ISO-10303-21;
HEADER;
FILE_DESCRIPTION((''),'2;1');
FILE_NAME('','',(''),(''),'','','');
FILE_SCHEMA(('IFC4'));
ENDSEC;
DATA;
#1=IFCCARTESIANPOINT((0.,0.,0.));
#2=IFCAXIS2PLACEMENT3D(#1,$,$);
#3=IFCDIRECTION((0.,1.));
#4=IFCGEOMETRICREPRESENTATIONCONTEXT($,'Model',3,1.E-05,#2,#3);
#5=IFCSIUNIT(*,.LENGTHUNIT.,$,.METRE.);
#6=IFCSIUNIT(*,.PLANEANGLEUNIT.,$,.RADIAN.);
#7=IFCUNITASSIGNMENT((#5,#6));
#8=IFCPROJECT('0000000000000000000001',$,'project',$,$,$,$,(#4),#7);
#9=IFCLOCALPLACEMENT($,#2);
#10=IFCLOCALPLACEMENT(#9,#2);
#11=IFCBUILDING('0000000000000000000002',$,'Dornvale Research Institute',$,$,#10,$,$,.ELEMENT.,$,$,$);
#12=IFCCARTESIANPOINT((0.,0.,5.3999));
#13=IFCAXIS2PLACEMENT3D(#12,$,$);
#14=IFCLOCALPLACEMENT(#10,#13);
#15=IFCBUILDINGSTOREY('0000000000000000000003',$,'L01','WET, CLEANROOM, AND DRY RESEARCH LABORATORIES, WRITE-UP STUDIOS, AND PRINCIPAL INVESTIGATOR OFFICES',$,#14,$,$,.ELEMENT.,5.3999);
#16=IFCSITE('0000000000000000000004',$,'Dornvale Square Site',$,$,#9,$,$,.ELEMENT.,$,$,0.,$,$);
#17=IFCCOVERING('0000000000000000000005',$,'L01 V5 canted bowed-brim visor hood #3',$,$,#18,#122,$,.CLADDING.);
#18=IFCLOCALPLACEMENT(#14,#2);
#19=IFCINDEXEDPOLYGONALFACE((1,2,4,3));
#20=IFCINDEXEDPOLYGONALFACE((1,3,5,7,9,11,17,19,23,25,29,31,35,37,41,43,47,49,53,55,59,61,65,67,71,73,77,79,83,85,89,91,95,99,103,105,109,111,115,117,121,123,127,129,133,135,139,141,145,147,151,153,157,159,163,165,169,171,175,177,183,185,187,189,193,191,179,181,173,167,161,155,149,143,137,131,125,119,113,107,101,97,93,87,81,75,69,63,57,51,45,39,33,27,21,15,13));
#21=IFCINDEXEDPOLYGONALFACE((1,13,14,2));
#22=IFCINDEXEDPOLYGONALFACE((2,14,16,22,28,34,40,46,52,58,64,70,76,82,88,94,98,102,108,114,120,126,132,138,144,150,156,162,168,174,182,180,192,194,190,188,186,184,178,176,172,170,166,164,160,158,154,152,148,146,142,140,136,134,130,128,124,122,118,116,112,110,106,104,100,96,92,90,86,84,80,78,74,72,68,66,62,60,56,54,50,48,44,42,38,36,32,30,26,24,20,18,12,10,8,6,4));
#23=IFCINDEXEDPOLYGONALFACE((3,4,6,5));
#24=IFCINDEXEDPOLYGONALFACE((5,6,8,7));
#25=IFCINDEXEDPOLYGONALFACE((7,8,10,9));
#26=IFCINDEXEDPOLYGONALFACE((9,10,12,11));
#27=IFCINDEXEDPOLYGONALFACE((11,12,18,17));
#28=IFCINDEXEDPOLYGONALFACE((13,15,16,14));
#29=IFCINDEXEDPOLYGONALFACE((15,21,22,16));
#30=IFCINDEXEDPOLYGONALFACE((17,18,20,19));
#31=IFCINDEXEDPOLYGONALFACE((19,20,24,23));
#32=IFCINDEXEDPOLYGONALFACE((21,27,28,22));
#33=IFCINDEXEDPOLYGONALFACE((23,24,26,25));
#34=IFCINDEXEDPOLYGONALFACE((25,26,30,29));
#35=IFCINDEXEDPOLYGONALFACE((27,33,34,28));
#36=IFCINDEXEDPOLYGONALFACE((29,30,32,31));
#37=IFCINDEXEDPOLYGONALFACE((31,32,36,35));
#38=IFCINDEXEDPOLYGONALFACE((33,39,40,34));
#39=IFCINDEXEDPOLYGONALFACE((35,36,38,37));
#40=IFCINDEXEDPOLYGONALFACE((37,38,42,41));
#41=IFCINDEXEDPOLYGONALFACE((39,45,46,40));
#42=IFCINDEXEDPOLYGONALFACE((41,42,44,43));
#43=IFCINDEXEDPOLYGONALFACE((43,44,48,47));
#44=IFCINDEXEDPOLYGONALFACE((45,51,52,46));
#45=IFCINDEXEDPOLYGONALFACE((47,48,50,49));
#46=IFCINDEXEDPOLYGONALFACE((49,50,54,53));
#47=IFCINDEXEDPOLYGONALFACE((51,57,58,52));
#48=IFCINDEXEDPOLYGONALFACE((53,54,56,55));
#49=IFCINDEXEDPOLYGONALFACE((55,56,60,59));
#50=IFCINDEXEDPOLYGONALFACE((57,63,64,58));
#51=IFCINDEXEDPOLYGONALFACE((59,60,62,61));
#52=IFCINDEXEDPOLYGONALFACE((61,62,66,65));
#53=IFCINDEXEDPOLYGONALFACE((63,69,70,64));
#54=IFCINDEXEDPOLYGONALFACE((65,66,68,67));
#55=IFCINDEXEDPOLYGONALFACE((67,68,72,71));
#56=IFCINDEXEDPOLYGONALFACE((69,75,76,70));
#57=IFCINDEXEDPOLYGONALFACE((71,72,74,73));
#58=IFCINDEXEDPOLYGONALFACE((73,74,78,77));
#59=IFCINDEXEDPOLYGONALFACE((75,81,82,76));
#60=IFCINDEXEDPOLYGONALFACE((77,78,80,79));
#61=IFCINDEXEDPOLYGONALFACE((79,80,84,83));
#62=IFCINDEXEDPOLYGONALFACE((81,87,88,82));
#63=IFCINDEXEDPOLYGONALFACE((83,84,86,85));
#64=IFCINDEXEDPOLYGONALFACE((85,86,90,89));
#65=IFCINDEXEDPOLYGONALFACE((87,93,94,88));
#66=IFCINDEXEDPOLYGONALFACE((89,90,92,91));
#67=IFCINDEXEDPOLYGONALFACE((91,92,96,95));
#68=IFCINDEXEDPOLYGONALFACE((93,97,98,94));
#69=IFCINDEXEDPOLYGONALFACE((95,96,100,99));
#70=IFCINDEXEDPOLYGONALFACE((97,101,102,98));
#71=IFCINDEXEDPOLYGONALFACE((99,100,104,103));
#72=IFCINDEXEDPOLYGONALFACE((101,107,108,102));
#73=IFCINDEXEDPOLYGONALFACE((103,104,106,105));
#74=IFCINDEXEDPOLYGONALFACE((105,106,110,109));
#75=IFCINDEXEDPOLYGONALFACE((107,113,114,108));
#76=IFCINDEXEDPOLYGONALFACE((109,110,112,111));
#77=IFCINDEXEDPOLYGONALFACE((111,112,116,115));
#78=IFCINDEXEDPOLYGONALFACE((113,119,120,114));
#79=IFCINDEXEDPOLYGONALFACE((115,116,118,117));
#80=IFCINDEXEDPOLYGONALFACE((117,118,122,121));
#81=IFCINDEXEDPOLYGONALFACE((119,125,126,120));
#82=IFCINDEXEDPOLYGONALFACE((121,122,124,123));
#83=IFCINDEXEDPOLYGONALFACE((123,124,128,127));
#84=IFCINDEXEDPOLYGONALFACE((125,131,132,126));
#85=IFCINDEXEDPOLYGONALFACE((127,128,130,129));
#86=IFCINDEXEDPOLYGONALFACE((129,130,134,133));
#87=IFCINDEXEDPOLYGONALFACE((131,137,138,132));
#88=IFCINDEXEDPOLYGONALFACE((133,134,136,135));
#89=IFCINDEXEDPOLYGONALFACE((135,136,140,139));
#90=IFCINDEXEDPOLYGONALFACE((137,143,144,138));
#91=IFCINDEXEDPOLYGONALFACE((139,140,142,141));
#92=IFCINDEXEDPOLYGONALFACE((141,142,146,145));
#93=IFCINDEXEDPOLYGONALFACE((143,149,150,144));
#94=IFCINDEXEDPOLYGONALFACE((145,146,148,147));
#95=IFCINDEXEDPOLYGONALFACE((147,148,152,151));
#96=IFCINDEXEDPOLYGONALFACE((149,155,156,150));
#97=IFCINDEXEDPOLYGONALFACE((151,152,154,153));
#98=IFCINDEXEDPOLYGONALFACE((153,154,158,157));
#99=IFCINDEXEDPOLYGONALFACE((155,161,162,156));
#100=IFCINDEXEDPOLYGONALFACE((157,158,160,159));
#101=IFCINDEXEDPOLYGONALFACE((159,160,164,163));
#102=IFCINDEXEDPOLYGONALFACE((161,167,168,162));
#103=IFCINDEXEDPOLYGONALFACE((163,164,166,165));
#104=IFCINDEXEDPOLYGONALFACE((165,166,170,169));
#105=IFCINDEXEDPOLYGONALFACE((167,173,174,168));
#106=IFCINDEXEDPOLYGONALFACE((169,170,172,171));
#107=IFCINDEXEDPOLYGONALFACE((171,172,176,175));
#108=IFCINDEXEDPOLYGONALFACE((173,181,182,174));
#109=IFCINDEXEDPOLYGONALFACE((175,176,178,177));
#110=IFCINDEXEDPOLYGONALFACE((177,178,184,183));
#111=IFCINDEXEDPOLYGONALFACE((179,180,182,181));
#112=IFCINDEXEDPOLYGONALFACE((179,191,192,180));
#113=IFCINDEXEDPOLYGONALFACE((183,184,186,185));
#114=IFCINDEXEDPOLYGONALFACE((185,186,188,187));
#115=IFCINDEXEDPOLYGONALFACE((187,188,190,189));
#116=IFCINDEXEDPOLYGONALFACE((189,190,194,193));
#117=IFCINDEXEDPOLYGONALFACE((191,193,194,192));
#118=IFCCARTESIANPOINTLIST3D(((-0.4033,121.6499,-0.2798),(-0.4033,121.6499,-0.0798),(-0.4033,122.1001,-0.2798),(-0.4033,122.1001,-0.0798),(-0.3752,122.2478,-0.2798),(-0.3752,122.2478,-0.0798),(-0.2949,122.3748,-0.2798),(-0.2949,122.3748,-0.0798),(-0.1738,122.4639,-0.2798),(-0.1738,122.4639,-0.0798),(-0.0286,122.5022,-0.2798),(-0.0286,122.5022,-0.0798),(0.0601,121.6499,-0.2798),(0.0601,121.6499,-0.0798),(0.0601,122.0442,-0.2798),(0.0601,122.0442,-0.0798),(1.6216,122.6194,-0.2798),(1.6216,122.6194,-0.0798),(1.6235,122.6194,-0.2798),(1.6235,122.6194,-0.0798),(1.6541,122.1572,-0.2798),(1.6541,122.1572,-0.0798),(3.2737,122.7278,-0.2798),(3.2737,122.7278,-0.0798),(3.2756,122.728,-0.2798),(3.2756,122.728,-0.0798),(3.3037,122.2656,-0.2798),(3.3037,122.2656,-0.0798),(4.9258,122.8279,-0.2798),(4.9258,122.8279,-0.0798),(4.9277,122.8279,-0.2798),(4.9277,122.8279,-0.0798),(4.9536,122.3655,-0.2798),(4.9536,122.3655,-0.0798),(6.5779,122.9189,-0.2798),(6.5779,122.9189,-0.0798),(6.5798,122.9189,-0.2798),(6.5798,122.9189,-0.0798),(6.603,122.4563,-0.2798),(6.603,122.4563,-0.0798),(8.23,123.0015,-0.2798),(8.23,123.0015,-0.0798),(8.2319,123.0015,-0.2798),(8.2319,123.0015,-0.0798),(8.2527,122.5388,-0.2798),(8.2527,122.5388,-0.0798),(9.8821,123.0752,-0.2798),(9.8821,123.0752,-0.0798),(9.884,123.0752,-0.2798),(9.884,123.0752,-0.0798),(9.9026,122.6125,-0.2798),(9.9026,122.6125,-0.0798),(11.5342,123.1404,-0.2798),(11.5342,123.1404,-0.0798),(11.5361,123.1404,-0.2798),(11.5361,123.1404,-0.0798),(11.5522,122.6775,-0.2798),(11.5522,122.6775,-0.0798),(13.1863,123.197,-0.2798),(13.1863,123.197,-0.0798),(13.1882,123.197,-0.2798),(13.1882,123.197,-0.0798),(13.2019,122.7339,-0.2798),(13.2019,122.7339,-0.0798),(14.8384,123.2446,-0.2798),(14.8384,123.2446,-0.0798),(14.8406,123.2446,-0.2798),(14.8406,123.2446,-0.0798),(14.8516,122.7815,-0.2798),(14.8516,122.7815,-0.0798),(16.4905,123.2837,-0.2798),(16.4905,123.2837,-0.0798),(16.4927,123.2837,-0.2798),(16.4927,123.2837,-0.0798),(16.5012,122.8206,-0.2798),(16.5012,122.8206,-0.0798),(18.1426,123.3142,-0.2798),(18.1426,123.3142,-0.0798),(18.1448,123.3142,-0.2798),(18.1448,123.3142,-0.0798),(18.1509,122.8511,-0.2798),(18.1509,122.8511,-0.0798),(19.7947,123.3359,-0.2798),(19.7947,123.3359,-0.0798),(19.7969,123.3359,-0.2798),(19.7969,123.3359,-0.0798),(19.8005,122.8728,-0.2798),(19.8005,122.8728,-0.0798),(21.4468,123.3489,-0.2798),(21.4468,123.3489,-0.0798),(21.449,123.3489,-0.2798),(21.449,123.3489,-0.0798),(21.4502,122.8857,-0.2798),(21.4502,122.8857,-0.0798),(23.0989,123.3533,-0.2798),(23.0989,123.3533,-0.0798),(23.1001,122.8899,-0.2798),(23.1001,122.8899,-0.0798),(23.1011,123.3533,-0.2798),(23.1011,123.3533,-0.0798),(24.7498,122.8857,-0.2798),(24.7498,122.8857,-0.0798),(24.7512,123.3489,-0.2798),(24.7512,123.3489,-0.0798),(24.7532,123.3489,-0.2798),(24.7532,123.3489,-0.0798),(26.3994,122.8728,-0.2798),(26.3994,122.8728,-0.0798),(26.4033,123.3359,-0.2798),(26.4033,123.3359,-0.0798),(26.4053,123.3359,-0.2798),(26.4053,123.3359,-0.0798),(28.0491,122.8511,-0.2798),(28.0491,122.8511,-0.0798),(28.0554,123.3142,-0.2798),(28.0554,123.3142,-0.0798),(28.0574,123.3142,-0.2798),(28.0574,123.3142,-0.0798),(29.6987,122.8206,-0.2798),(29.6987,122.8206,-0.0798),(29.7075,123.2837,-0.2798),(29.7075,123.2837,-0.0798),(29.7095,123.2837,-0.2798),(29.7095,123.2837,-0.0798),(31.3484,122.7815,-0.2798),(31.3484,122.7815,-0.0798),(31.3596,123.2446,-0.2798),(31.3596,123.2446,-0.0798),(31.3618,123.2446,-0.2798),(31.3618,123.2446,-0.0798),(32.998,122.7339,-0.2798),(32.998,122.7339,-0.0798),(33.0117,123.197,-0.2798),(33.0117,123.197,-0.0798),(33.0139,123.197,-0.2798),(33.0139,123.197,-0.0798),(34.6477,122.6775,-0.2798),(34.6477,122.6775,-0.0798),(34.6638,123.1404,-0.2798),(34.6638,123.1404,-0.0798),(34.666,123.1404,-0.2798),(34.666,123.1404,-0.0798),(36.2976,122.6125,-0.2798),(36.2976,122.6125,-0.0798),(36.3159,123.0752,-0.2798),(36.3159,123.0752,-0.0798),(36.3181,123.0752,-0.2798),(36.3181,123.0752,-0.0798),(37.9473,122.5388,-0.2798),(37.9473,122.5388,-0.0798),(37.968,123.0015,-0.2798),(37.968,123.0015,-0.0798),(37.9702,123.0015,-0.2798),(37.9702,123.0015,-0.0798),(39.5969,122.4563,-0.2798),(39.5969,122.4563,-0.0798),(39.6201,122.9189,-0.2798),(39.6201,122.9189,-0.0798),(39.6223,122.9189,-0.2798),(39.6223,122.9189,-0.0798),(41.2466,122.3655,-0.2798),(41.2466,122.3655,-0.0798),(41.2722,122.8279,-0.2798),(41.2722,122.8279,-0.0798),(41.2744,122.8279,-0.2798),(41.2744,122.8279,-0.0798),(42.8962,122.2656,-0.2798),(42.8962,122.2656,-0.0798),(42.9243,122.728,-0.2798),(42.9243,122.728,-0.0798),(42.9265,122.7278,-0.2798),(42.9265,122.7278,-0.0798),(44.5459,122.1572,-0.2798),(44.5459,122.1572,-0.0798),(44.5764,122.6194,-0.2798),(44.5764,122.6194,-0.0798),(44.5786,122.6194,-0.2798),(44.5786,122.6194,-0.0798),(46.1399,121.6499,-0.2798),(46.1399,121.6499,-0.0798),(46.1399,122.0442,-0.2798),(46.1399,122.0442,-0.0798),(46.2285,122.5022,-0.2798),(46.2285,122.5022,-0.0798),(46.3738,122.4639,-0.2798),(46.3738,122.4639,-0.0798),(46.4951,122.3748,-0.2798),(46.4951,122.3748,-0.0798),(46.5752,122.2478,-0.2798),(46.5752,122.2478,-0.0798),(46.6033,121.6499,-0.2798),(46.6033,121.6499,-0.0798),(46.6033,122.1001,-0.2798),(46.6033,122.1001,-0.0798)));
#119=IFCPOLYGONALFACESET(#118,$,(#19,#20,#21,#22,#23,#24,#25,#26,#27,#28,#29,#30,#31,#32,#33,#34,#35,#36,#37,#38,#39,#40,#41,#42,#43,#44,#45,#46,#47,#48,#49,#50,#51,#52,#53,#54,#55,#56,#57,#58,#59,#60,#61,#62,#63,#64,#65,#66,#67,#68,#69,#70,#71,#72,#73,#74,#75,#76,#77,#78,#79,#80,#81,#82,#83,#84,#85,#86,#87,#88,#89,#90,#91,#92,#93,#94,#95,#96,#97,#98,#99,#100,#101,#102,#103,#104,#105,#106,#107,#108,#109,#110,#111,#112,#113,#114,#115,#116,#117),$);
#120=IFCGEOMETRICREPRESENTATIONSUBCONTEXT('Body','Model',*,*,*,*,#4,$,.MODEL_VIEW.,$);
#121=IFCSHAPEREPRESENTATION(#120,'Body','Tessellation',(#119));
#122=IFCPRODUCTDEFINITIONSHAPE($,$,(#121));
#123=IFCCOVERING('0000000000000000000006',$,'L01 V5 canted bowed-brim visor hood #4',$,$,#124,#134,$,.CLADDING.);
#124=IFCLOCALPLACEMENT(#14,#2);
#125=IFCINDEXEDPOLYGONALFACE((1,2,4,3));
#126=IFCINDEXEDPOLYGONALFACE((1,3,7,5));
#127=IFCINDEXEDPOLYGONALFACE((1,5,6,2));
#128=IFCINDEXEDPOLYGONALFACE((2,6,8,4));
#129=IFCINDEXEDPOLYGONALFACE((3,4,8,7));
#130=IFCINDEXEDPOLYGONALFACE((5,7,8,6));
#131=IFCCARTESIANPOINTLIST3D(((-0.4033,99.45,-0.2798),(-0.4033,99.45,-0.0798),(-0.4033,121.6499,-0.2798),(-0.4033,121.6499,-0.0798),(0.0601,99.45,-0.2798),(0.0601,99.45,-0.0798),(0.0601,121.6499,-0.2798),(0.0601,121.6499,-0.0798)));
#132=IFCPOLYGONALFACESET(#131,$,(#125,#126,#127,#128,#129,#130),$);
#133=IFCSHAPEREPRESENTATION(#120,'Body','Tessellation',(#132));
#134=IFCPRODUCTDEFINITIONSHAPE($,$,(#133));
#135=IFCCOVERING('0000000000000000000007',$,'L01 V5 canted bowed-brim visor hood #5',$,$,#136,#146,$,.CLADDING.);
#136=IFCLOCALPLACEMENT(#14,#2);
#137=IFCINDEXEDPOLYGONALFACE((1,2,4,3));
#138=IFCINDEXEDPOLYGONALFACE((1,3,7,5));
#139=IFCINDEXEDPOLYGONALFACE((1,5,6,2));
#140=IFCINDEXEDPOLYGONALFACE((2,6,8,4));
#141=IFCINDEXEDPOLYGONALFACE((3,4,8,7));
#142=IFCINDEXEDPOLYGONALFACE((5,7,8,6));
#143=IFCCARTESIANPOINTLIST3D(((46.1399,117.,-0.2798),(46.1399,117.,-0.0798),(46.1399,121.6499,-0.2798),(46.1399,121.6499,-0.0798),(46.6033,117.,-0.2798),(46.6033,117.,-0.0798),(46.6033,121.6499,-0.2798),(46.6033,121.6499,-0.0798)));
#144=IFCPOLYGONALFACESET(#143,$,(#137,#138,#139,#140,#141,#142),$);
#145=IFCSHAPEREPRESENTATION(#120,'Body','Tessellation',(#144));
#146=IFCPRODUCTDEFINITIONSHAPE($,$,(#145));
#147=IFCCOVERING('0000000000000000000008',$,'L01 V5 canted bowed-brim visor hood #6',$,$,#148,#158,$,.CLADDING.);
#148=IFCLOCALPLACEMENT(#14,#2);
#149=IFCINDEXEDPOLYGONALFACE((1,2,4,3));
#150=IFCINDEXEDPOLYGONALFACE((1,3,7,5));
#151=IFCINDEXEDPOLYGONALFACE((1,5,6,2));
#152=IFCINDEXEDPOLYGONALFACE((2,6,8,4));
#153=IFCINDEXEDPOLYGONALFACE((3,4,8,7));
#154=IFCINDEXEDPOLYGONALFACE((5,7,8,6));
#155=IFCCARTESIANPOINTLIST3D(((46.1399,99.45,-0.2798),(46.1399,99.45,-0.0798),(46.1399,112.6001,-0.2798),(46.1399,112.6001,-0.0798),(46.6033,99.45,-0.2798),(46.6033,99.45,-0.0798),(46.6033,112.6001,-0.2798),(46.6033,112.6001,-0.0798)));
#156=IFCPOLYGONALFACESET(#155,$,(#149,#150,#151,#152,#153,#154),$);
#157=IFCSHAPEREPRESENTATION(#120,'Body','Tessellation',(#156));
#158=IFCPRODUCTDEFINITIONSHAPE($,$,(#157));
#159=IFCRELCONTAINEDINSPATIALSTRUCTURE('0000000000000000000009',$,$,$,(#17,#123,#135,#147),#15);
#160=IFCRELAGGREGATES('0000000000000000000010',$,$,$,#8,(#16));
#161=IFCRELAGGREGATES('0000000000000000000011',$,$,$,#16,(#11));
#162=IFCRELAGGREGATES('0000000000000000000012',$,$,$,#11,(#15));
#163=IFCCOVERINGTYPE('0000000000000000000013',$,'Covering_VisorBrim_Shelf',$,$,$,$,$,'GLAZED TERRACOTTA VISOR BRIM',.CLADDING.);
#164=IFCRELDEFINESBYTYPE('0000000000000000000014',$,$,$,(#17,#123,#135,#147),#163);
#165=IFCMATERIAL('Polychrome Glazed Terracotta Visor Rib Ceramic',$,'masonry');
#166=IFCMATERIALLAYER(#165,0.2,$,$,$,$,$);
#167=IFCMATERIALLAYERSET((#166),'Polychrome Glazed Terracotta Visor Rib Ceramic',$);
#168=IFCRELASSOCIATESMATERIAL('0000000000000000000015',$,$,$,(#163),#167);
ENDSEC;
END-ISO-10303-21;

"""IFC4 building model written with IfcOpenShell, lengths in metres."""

from ifc_helpers import new_model, si_unit, direction, frame, origin, place, context, subcontext, project, spatial, polyline, outline, extrude, material, layer, layer_set, type_object, element, save


model = new_model("IFC4")

# Units and contexts
model_context = context("Model", 3, precision=1e-05, world=origin(), true_north=direction((0.0, 1.0)))
body_context = subcontext(model_context, "Body", "Model", "MODEL_VIEW")
ifc_project = project(units=[si_unit("LENGTHUNIT", "METRE"), si_unit("PLANEANGLEUNIT", "RADIAN")], contexts=[model_context])

# Site, building, storey
site_placement = place(None, origin())
site = spatial("IfcSite", under=ifc_project, at=site_placement, Name="Dornvale Square Site", CompositionType="ELEMENT", RefElevation=0.0)
building_placement = place(site_placement, origin())
building = spatial("IfcBuilding", under=site, at=building_placement, Name="Dornvale Research Institute", CompositionType="ELEMENT")
storey_placement = place(building_placement, frame((0.0, 0.0, 5.3999)))
storey = spatial("IfcBuildingStorey", under=building, at=storey_placement, Name="L01", Description="WET, CLEANROOM, AND DRY RESEARCH LABORATORIES, WRITE-UP STUDIOS, AND PRINCIPAL INVESTIGATOR OFFICES", CompositionType="ELEMENT", Elevation=5.3999)

# Coverings
ifc_material_1 = material(Name="Polychrome Glazed Terracotta Visor Rib Ceramic", Category="masonry")
ifc_layer_1 = layer(ifc_material_1, 0.2)
ifc_layer_set_1 = layer_set([ifc_layer_1], Name="Polychrome Glazed Terracotta Visor Rib Ceramic")
covering_type_1 = type_object("IfcCoveringType", Name="Covering_VisorBrim_Shelf", ElementType="GLAZED TERRACOTTA VISOR BRIM", PredefinedType="CLADDING", material=ifc_layer_set_1)
covering_1_placement = place(storey_placement, frame((0.0, 0.0, -0.2798)))
element("IfcCovering", 1, at=covering_1_placement, inside=storey, type_object=covering_type_1, Name="L01 V5 canted bowed-brim visor hood #3", PredefinedType="CLADDING", context=body_context, shape_type="SweptSolid", body=[
    extrude(outline(polyline([(1.6216, 122.6194), (1.6235, 122.6194), (3.2737, 122.7278), (3.2756, 122.728), (4.9258, 122.8279), (4.9277, 122.8279), (6.5779, 122.9189), (6.5798, 122.9189), (8.23, 123.0015), (8.2319, 123.0015), (9.8821, 123.0752), (9.884, 123.0752), (11.5342, 123.1404), (11.5361, 123.1404), (13.1863, 123.197), (13.1882, 123.197), (14.8384, 123.2446), (14.8406, 123.2446), (16.4905, 123.2837), (16.4927, 123.2837), (18.1426, 123.3142), (18.1448, 123.3142), (19.7947, 123.3359), (19.7969, 123.3359), (21.4468, 123.3489), (21.449, 123.3489), (23.0989, 123.3533), (23.1011, 123.3533), (24.7512, 123.3489), (24.7532, 123.3489), (26.4033, 123.3359), (26.4053, 123.3359), (28.0554, 123.3142), (28.0574, 123.3142), (29.7075, 123.2837), (29.7095, 123.2837), (31.3596, 123.2446), (31.3618, 123.2446), (33.0117, 123.197), (33.0139, 123.197), (34.6638, 123.1404), (34.666, 123.1404), (36.3159, 123.0752), (36.3181, 123.0752), (37.968, 123.0015), (37.9702, 123.0015), (39.6201, 122.9189), (39.6223, 122.9189), (41.2722, 122.8279), (41.2744, 122.8279), (42.9243, 122.728), (42.9265, 122.7278), (44.5764, 122.6194), (44.5786, 122.6194), (46.2285, 122.5022), (46.3738, 122.4639), (46.4951, 122.3748), (46.5752, 122.2478), (46.6033, 122.1001), (46.6033, 121.6499), (46.1399, 121.6499), (46.1399, 122.0442), (44.5459, 122.1572), (42.8962, 122.2656), (41.2466, 122.3655), (39.5969, 122.4563), (37.9473, 122.5388), (36.2976, 122.6125), (34.6477, 122.6775), (32.998, 122.7339), (31.3484, 122.7815), (29.6987, 122.8206), (28.0491, 122.8511), (26.3994, 122.8728), (24.7498, 122.8857), (23.1001, 122.8899), (21.4502, 122.8857), (19.8005, 122.8728), (18.1509, 122.8511), (16.5012, 122.8206), (14.8516, 122.7815), (13.2019, 122.7339), (11.5522, 122.6775), (9.9026, 122.6125), (8.2527, 122.5388), (6.603, 122.4563), (4.9536, 122.3655), (3.3037, 122.2656), (1.6541, 122.1572), (0.0601, 122.0442), (0.0601, 121.6499), (-0.4033, 121.6499), (-0.4033, 122.1001), (-0.3752, 122.2478), (-0.2949, 122.3748), (-0.1738, 122.4639), (-0.0286, 122.5022), (1.6216, 122.6194)])), origin(), (0.0, 0.0, 1.0), 0.2),
])
covering_2_placement = place(storey_placement, frame((0.0, 0.0, -0.2798)))
element("IfcCovering", 2, at=covering_2_placement, inside=storey, type_object=covering_type_1, Name="L01 V5 canted bowed-brim visor hood #4", PredefinedType="CLADDING", context=body_context, shape_type="SweptSolid", body=[
    extrude(outline(polyline([(0.0601, 99.45), (-0.4033, 99.45), (-0.4033, 121.6499), (0.0601, 121.6499), (0.0601, 99.45)])), origin(), (0.0, 0.0, 1.0), 0.2),
])
covering_3_placement = place(storey_placement, frame((0.0, 0.0, -0.2798)))
element("IfcCovering", 3, at=covering_3_placement, inside=storey, type_object=covering_type_1, Name="L01 V5 canted bowed-brim visor hood #5", PredefinedType="CLADDING", context=body_context, shape_type="SweptSolid", body=[
    extrude(outline(polyline([(46.6033, 117.0), (46.1399, 117.0), (46.1399, 121.6499), (46.6033, 121.6499), (46.6033, 117.0)])), origin(), (0.0, 0.0, 1.0), 0.2),
])
covering_4_placement = place(storey_placement, frame((0.0, 0.0, -0.2798)))
element("IfcCovering", 4, at=covering_4_placement, inside=storey, type_object=covering_type_1, Name="L01 V5 canted bowed-brim visor hood #6", PredefinedType="CLADDING", context=body_context, shape_type="SweptSolid", body=[
    extrude(outline(polyline([(46.1399, 112.6001), (46.6033, 112.6001), (46.6033, 99.45), (46.1399, 99.45), (46.1399, 112.6001)])), origin(), (0.0, 0.0, 1.0), 0.2),
])

save(model, "model.ifc")
